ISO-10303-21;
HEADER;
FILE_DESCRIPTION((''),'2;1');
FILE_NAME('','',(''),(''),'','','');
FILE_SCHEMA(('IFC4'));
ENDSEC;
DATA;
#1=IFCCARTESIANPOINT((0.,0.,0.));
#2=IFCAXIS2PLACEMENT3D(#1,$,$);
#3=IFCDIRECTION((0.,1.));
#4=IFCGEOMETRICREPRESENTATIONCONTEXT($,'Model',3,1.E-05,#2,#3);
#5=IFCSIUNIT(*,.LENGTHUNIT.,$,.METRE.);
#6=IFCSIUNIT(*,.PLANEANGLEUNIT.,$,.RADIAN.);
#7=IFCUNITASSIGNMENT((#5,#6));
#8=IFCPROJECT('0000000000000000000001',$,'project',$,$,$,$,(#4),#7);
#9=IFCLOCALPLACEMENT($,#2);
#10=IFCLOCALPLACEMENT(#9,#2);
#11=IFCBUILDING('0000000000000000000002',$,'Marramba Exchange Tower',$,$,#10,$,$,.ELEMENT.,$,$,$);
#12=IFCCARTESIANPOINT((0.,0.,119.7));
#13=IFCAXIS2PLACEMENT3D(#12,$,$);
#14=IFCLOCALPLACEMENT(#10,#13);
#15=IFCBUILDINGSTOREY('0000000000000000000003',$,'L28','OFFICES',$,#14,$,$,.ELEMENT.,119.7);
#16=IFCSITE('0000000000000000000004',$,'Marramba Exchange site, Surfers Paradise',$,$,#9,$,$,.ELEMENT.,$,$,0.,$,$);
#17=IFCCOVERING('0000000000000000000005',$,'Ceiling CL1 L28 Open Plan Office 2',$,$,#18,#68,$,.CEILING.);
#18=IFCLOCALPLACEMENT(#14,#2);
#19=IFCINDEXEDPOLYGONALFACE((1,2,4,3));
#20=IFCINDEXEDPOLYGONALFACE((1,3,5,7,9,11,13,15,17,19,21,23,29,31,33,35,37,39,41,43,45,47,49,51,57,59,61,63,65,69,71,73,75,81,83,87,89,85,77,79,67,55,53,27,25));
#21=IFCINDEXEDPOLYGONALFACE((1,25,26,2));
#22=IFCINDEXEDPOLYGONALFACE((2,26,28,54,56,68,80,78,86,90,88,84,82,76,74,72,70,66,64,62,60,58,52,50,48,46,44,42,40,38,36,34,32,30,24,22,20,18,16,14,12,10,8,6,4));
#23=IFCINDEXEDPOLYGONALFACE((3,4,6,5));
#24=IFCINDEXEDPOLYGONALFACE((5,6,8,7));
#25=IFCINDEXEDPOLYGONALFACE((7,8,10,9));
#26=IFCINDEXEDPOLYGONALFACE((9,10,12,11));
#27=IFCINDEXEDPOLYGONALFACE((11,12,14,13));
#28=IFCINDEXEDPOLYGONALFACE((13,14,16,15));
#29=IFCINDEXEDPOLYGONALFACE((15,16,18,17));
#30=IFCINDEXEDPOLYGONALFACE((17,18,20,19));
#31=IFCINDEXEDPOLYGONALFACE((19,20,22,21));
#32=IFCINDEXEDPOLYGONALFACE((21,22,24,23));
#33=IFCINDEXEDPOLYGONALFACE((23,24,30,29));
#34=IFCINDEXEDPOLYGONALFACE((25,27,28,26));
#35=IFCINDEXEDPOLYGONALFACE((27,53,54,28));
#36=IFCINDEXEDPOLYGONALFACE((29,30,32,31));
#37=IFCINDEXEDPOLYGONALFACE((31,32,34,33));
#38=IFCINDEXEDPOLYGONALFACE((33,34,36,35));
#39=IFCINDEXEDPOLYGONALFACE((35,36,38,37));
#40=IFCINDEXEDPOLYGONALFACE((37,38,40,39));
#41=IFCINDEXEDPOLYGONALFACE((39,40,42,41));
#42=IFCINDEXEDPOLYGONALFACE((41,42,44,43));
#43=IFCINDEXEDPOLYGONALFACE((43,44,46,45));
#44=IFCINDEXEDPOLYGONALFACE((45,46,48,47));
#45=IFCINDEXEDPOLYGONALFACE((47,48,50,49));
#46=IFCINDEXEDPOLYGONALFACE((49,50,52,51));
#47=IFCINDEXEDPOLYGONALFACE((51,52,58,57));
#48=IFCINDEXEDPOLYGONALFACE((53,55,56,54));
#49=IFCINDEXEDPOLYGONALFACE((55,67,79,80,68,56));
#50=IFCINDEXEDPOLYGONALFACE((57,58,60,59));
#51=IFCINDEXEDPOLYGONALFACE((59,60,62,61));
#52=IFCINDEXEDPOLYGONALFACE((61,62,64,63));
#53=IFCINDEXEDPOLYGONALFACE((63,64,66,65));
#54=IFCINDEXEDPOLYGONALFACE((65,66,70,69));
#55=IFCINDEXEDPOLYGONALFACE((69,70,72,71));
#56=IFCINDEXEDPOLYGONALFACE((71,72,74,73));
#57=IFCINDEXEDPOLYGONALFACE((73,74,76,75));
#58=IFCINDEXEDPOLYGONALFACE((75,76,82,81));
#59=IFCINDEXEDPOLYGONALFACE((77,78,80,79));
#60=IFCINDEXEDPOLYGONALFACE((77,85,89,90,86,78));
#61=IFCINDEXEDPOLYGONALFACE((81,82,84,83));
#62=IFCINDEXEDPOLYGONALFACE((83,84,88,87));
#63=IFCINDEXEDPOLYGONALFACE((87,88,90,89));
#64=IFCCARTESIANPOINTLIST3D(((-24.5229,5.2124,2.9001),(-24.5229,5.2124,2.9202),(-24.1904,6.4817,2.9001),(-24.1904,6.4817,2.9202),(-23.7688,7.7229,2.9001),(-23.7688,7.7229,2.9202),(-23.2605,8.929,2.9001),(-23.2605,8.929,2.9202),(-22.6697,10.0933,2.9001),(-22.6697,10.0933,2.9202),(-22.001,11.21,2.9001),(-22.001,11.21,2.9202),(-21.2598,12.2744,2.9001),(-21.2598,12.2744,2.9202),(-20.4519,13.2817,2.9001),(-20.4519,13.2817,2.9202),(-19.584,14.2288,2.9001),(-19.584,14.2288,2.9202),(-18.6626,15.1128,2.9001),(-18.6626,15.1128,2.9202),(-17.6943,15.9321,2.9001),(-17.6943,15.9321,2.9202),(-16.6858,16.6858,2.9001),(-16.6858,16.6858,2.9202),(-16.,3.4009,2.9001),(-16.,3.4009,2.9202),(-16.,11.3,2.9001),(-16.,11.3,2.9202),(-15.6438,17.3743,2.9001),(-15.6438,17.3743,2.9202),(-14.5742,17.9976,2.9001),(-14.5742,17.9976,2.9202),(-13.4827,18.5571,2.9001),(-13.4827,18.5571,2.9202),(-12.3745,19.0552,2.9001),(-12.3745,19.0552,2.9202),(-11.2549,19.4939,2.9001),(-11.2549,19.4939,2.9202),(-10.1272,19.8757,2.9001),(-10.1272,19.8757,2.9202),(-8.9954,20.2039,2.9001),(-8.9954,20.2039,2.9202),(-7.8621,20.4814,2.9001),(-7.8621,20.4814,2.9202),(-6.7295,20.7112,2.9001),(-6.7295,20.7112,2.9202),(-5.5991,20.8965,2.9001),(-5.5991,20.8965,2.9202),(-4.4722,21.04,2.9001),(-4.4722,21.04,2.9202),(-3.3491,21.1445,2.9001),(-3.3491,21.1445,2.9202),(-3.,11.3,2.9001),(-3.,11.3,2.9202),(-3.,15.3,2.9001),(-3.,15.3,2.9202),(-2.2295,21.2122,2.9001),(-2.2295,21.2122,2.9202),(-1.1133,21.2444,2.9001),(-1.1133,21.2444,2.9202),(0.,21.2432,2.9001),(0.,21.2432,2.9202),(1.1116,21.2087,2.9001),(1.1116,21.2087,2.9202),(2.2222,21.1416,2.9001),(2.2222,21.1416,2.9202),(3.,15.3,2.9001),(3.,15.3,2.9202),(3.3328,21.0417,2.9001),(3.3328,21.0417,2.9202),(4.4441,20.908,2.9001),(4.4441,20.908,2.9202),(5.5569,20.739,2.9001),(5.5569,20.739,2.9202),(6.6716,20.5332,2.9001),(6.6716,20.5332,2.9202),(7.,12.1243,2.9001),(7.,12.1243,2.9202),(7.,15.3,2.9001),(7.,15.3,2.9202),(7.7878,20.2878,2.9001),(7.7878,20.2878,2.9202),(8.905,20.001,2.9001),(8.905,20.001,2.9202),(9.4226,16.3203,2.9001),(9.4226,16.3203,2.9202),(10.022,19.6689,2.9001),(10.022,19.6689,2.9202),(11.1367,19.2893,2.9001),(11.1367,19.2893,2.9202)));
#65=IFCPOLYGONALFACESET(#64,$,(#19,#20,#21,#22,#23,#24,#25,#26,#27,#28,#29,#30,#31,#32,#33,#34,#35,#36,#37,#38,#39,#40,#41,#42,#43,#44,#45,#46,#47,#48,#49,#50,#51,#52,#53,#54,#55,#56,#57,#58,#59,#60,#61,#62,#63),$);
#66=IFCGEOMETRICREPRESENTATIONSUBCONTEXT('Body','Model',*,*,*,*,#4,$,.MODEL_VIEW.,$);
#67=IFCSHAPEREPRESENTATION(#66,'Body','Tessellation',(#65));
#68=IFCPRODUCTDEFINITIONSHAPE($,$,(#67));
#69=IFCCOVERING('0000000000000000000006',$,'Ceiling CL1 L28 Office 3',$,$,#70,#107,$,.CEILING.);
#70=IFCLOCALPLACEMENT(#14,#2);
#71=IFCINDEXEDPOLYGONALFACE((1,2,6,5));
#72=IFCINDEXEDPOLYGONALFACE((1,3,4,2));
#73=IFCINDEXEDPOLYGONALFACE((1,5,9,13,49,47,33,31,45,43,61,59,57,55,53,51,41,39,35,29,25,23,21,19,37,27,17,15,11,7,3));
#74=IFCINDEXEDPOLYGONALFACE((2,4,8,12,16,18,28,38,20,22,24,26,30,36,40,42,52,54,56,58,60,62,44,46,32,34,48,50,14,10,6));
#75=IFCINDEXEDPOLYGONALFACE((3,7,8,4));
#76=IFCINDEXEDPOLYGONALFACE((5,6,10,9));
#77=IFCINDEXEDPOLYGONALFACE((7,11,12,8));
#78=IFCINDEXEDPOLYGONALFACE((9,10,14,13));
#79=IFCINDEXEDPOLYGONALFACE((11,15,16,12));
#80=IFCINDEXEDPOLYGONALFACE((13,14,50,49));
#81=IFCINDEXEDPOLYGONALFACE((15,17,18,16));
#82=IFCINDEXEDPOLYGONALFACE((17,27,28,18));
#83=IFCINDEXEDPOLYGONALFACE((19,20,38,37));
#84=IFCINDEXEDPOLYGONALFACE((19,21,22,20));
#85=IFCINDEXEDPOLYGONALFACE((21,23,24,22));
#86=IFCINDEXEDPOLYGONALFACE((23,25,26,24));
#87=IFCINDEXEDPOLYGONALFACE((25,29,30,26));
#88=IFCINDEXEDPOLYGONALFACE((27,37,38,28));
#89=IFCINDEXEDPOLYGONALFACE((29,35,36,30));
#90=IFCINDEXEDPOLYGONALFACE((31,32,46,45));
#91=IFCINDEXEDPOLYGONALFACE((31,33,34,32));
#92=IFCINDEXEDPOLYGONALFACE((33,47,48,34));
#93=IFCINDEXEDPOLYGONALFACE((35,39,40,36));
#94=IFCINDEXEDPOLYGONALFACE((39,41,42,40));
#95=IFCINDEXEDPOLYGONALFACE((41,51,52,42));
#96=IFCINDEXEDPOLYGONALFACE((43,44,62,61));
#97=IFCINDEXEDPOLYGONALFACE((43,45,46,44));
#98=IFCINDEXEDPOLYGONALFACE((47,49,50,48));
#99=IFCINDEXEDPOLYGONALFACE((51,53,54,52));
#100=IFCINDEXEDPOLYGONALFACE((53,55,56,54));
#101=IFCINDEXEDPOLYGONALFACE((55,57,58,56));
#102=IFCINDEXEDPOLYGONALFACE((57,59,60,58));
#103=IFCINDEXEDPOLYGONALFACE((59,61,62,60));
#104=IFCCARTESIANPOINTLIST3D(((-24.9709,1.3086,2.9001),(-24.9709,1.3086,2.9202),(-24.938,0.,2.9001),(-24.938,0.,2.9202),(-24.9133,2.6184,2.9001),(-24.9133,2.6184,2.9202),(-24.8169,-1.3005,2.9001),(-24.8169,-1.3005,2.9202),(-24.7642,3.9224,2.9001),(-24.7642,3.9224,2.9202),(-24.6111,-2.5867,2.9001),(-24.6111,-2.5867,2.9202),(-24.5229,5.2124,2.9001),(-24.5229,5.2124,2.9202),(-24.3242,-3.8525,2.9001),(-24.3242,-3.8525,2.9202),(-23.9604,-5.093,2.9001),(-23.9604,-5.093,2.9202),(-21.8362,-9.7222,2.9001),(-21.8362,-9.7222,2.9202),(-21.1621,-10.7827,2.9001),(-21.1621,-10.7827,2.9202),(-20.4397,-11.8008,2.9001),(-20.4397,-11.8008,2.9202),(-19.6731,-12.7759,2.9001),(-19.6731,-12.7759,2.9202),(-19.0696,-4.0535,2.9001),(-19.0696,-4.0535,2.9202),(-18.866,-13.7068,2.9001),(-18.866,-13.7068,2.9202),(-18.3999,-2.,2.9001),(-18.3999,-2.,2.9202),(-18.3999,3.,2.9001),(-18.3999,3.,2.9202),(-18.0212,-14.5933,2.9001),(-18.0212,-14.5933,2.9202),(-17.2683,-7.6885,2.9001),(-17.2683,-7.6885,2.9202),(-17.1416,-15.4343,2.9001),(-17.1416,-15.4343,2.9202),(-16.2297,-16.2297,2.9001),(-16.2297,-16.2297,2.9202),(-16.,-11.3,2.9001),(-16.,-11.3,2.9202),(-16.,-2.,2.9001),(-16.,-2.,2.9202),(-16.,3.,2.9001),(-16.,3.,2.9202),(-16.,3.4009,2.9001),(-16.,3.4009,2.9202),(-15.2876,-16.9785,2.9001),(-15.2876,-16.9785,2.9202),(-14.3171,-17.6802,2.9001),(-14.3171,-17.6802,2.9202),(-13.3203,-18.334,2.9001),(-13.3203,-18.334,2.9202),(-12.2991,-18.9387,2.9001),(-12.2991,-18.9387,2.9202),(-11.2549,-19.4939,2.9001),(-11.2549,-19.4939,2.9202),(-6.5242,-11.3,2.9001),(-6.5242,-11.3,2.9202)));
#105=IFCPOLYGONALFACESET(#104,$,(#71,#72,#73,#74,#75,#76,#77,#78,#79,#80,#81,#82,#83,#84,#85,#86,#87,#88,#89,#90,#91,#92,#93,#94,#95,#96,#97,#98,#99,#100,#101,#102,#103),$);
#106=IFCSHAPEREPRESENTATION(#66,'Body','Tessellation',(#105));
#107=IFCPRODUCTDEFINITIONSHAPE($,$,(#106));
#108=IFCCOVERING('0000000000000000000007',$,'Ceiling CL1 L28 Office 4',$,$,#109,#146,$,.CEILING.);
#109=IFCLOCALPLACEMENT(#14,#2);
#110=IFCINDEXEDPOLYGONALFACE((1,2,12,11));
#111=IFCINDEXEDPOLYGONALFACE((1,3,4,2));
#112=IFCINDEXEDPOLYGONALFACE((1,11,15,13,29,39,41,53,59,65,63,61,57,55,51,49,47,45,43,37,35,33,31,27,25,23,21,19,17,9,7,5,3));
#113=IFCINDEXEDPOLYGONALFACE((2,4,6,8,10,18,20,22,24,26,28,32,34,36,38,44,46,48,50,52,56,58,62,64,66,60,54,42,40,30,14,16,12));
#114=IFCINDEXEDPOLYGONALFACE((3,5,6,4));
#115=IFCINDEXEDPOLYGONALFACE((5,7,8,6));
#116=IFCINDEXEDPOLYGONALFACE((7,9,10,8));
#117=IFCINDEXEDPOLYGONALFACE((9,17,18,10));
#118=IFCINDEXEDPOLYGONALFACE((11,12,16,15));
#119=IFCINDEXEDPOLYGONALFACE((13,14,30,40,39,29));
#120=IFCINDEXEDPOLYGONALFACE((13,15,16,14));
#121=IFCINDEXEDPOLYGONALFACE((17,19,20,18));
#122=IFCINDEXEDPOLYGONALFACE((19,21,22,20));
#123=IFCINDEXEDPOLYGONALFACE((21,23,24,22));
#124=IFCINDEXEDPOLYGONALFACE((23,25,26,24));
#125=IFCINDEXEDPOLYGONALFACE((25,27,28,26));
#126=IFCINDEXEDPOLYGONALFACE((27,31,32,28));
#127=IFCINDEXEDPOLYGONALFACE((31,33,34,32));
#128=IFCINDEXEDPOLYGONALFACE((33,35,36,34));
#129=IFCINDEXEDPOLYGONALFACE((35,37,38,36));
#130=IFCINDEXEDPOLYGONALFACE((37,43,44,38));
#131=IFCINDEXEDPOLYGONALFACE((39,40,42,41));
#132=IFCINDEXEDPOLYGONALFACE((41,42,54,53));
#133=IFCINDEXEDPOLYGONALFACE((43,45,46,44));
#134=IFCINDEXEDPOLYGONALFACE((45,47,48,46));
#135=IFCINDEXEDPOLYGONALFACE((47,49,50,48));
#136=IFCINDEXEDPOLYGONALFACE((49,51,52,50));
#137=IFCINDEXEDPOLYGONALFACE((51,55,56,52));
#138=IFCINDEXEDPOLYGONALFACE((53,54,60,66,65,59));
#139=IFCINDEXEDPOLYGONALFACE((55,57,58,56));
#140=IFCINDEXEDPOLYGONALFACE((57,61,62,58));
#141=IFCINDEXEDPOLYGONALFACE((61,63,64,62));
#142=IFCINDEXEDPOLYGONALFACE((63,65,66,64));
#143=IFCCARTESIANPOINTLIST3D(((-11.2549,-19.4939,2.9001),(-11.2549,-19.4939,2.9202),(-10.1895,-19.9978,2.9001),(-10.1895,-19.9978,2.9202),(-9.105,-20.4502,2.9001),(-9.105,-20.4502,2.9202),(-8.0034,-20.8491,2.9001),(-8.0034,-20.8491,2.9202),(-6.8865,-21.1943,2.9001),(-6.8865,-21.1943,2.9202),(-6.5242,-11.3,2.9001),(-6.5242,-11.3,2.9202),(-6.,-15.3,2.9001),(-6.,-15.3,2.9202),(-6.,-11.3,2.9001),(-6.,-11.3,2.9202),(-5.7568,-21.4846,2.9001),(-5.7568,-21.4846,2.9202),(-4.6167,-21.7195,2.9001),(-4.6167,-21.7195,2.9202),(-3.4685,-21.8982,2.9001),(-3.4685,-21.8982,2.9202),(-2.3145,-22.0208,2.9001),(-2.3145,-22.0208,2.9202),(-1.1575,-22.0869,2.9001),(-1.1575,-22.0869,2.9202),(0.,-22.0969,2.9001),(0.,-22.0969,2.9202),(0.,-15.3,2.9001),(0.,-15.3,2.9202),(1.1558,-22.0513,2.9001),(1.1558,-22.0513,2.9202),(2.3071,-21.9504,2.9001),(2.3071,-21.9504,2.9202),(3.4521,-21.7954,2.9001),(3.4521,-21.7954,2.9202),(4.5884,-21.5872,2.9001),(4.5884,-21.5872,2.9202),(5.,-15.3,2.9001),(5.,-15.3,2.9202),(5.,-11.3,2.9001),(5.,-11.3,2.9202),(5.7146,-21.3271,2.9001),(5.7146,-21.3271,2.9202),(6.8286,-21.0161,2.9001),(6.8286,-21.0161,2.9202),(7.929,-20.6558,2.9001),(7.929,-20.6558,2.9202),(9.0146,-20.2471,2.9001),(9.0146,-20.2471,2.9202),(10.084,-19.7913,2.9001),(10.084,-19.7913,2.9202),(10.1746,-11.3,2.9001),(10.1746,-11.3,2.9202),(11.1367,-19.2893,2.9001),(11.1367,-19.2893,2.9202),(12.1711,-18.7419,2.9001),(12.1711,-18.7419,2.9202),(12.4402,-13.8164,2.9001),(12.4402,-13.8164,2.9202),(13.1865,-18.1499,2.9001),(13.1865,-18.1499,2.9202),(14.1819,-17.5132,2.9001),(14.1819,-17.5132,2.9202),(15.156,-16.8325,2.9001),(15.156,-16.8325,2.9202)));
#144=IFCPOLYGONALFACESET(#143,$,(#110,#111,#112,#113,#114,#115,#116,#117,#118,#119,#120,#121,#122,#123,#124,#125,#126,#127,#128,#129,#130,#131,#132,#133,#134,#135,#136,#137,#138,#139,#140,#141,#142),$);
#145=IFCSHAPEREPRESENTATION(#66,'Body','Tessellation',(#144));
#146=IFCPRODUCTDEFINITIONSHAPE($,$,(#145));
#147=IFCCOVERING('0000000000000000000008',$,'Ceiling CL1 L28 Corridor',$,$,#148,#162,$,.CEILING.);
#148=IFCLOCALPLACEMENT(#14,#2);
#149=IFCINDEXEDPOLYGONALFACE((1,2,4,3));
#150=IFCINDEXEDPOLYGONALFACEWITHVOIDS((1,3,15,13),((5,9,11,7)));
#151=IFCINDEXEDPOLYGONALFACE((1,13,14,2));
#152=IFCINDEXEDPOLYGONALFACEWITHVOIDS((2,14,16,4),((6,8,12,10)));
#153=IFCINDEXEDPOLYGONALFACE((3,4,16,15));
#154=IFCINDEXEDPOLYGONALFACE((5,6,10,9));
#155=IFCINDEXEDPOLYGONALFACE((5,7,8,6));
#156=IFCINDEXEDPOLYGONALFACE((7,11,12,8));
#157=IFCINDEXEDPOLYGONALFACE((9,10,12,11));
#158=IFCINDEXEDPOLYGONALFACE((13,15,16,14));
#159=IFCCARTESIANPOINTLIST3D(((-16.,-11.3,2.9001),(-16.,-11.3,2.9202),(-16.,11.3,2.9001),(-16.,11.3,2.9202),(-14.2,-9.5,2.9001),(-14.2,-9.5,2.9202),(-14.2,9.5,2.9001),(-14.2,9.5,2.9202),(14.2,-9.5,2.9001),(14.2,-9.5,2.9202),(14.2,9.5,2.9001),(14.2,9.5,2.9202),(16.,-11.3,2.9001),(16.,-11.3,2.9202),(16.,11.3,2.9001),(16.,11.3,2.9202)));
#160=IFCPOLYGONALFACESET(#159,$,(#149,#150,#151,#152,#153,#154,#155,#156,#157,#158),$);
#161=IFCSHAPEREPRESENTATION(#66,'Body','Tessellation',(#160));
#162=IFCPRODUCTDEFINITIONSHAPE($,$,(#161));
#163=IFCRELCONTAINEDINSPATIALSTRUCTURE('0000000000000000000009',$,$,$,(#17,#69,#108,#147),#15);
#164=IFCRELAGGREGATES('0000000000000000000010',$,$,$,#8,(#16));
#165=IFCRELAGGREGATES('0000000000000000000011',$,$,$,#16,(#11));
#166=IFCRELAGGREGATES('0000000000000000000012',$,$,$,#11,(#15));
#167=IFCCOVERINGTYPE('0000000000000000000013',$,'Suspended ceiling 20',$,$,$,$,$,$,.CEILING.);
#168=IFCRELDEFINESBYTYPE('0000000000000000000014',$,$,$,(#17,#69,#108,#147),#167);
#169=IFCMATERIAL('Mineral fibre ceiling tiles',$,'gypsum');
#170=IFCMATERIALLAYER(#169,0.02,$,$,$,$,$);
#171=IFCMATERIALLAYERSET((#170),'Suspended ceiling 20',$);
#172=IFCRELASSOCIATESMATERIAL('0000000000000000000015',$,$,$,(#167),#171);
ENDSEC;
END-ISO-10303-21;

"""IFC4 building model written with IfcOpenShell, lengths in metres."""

from ifc_helpers import new_model, si_unit, direction, frame, origin, place, context, subcontext, project, spatial, polyline, outline, extrude, material, layer, layer_set, type_object, element, save


model = new_model("IFC4")

# Units and contexts
model_context = context("Model", 3, precision=1e-05, world=origin(), true_north=direction((0.0, 1.0)))
body_context = subcontext(model_context, "Body", "Model", "MODEL_VIEW")
ifc_project = project(units=[si_unit("LENGTHUNIT", "METRE"), si_unit("PLANEANGLEUNIT", "RADIAN")], contexts=[model_context])

# Site, building, storey
site_placement = place(None, origin())
site = spatial("IfcSite", under=ifc_project, at=site_placement, Name="Marramba Exchange site, Surfers Paradise", CompositionType="ELEMENT", RefElevation=0.0)
building_placement = place(site_placement, origin())
building = spatial("IfcBuilding", under=site, at=building_placement, Name="Marramba Exchange Tower", CompositionType="ELEMENT")
storey_placement = place(building_placement, frame((0.0, 0.0, 119.7)))
storey = spatial("IfcBuildingStorey", under=building, at=storey_placement, Name="L28", Description="OFFICES", CompositionType="ELEMENT", Elevation=119.7)

# Coverings
ifc_material_1 = material(Name="Mineral fibre ceiling tiles", Category="gypsum")
ifc_layer_1 = layer(ifc_material_1, 0.02)
ifc_layer_set_1 = layer_set([ifc_layer_1], Name="Suspended ceiling 20")
covering_type = type_object("IfcCoveringType", Name="Suspended ceiling 20", PredefinedType="CEILING", material=ifc_layer_set_1)
covering_1_placement = place(storey_placement, frame((0.0, 0.0, 2.9001)))
element("IfcCovering", 1, at=covering_1_placement, inside=storey, type_object=covering_type, Name="Ceiling CL1 L28 Open Plan Office 2", PredefinedType="CEILING", context=body_context, shape_type="SweptSolid", body=[
    extrude(outline(polyline([(-16.0, 3.4009), (-24.5229, 5.2124), (-24.1904, 6.4817), (-23.7688, 7.7229), (-23.2605, 8.929), (-22.6697, 10.0933), (-22.001, 11.21), (-21.2598, 12.2744), (-20.4519, 13.2817), (-19.584, 14.2288), (-18.6626, 15.1128), (-17.6943, 15.9321), (-16.6858, 16.6858), (-15.6438, 17.3743), (-14.5742, 17.9976), (-13.4827, 18.5571), (-12.3745, 19.0552), (-11.2549, 19.4939), (-10.1272, 19.8757), (-8.9954, 20.2039), (-7.8621, 20.4814), (-6.7295, 20.7112), (-5.5991, 20.8965), (-4.4722, 21.04), (-3.3491, 21.1445), (-2.2295, 21.2122), (-1.1133, 21.2444), (0.0, 21.2432), (1.1116, 21.2087), (2.2222, 21.1416), (3.3328, 21.0417), (4.4441, 20.908), (5.5569, 20.739), (6.6716, 20.5332), (7.7878, 20.2878), (8.905, 20.001), (10.022, 19.6689), (11.1367, 19.2893), (9.4226, 16.3203), (7.0, 12.1243), (7.0, 15.3), (3.0, 15.3), (-3.0, 15.3), (-3.0, 11.3), (-16.0, 11.3), (-16.0, 3.4009)])), origin(), (0.0, 0.0, 1.0), 0.02),
])
covering_2_placement = place(storey_placement, frame((0.0, 0.0, 2.9001)))
element("IfcCovering", 2, at=covering_2_placement, inside=storey, type_object=covering_type, Name="Ceiling CL1 L28 Office 3", PredefinedType="CEILING", context=body_context, shape_type="SweptSolid", body=[
    extrude(outline(polyline([(-13.3203, -18.334), (-14.3171, -17.6802), (-15.2876, -16.9785), (-16.2297, -16.2297), (-17.1416, -15.4343), (-18.0212, -14.5933), (-18.866, -13.7068), (-19.6731, -12.7759), (-20.4397, -11.8008), (-21.1621, -10.7827), (-21.8362, -9.7222), (-17.2683, -7.6885), (-19.0696, -4.0535), (-23.9604, -5.093), (-24.3242, -3.8525), (-24.6111, -2.5867), (-24.8169, -1.3005), (-24.938, 0.0), (-24.9709, 1.3086), (-24.9133, 2.6184), (-24.7642, 3.9224), (-24.5229, 5.2124), (-16.0, 3.4009), (-16.0, 3.0), (-18.3999, 3.0), (-18.3999, -2.0), (-16.0, -2.0), (-16.0, -11.3), (-6.5242, -11.3), (-11.2549, -19.4939), (-12.2991, -18.9387), (-13.3203, -18.334)])), origin(), (0.0, 0.0, 1.0), 0.02),
])
covering_3_placement = place(storey_placement, frame((0.0, 0.0, 2.9001)))
element("IfcCovering", 3, at=covering_3_placement, inside=storey, type_object=covering_type, Name="Ceiling CL1 L28 Office 4", PredefinedType="CEILING", context=body_context, shape_type="SweptSolid", body=[
    extrude(outline(polyline([(12.4402, -13.8164), (15.156, -16.8325), (14.1819, -17.5132), (13.1865, -18.1499), (12.1711, -18.7419), (11.1367, -19.2893), (10.084, -19.7913), (9.0146, -20.2471), (7.929, -20.6558), (6.8286, -21.0161), (5.7146, -21.3271), (4.5884, -21.5872), (3.4521, -21.7954), (2.3071, -21.9504), (1.1558, -22.0513), (0.0, -22.0969), (-1.1575, -22.0869), (-2.3145, -22.0208), (-3.4685, -21.8982), (-4.6167, -21.7195), (-5.7568, -21.4846), (-6.8865, -21.1943), (-8.0034, -20.8491), (-9.105, -20.4502), (-10.1895, -19.9978), (-11.2549, -19.4939), (-6.5242, -11.3), (-6.0, -11.3), (-6.0, -15.3), (0.0, -15.3), (5.0, -15.3), (5.0, -11.3), (10.1746, -11.3), (12.4402, -13.8164)])), origin(), (0.0, 0.0, 1.0), 0.02),
])
covering_4_placement = place(storey_placement, frame((0.0, 0.0, 2.9001)))
element("IfcCovering", 4, at=covering_4_placement, inside=storey, type_object=covering_type, Name="Ceiling CL1 L28 Corridor", PredefinedType="CEILING", context=body_context, shape_type="SweptSolid", body=[
    extrude(outline(polyline([(-16.0, 11.3), (16.0, 11.3), (16.0, -11.3), (-16.0, -11.3), (-16.0, 11.3)]), holes=[polyline([(-14.2, 9.5), (-14.2, -9.5), (14.2, -9.5), (14.2, 9.5), (-14.2, 9.5)])]), origin(), (0.0, 0.0, 1.0), 0.02),
])

save(model, "model.ifc")
